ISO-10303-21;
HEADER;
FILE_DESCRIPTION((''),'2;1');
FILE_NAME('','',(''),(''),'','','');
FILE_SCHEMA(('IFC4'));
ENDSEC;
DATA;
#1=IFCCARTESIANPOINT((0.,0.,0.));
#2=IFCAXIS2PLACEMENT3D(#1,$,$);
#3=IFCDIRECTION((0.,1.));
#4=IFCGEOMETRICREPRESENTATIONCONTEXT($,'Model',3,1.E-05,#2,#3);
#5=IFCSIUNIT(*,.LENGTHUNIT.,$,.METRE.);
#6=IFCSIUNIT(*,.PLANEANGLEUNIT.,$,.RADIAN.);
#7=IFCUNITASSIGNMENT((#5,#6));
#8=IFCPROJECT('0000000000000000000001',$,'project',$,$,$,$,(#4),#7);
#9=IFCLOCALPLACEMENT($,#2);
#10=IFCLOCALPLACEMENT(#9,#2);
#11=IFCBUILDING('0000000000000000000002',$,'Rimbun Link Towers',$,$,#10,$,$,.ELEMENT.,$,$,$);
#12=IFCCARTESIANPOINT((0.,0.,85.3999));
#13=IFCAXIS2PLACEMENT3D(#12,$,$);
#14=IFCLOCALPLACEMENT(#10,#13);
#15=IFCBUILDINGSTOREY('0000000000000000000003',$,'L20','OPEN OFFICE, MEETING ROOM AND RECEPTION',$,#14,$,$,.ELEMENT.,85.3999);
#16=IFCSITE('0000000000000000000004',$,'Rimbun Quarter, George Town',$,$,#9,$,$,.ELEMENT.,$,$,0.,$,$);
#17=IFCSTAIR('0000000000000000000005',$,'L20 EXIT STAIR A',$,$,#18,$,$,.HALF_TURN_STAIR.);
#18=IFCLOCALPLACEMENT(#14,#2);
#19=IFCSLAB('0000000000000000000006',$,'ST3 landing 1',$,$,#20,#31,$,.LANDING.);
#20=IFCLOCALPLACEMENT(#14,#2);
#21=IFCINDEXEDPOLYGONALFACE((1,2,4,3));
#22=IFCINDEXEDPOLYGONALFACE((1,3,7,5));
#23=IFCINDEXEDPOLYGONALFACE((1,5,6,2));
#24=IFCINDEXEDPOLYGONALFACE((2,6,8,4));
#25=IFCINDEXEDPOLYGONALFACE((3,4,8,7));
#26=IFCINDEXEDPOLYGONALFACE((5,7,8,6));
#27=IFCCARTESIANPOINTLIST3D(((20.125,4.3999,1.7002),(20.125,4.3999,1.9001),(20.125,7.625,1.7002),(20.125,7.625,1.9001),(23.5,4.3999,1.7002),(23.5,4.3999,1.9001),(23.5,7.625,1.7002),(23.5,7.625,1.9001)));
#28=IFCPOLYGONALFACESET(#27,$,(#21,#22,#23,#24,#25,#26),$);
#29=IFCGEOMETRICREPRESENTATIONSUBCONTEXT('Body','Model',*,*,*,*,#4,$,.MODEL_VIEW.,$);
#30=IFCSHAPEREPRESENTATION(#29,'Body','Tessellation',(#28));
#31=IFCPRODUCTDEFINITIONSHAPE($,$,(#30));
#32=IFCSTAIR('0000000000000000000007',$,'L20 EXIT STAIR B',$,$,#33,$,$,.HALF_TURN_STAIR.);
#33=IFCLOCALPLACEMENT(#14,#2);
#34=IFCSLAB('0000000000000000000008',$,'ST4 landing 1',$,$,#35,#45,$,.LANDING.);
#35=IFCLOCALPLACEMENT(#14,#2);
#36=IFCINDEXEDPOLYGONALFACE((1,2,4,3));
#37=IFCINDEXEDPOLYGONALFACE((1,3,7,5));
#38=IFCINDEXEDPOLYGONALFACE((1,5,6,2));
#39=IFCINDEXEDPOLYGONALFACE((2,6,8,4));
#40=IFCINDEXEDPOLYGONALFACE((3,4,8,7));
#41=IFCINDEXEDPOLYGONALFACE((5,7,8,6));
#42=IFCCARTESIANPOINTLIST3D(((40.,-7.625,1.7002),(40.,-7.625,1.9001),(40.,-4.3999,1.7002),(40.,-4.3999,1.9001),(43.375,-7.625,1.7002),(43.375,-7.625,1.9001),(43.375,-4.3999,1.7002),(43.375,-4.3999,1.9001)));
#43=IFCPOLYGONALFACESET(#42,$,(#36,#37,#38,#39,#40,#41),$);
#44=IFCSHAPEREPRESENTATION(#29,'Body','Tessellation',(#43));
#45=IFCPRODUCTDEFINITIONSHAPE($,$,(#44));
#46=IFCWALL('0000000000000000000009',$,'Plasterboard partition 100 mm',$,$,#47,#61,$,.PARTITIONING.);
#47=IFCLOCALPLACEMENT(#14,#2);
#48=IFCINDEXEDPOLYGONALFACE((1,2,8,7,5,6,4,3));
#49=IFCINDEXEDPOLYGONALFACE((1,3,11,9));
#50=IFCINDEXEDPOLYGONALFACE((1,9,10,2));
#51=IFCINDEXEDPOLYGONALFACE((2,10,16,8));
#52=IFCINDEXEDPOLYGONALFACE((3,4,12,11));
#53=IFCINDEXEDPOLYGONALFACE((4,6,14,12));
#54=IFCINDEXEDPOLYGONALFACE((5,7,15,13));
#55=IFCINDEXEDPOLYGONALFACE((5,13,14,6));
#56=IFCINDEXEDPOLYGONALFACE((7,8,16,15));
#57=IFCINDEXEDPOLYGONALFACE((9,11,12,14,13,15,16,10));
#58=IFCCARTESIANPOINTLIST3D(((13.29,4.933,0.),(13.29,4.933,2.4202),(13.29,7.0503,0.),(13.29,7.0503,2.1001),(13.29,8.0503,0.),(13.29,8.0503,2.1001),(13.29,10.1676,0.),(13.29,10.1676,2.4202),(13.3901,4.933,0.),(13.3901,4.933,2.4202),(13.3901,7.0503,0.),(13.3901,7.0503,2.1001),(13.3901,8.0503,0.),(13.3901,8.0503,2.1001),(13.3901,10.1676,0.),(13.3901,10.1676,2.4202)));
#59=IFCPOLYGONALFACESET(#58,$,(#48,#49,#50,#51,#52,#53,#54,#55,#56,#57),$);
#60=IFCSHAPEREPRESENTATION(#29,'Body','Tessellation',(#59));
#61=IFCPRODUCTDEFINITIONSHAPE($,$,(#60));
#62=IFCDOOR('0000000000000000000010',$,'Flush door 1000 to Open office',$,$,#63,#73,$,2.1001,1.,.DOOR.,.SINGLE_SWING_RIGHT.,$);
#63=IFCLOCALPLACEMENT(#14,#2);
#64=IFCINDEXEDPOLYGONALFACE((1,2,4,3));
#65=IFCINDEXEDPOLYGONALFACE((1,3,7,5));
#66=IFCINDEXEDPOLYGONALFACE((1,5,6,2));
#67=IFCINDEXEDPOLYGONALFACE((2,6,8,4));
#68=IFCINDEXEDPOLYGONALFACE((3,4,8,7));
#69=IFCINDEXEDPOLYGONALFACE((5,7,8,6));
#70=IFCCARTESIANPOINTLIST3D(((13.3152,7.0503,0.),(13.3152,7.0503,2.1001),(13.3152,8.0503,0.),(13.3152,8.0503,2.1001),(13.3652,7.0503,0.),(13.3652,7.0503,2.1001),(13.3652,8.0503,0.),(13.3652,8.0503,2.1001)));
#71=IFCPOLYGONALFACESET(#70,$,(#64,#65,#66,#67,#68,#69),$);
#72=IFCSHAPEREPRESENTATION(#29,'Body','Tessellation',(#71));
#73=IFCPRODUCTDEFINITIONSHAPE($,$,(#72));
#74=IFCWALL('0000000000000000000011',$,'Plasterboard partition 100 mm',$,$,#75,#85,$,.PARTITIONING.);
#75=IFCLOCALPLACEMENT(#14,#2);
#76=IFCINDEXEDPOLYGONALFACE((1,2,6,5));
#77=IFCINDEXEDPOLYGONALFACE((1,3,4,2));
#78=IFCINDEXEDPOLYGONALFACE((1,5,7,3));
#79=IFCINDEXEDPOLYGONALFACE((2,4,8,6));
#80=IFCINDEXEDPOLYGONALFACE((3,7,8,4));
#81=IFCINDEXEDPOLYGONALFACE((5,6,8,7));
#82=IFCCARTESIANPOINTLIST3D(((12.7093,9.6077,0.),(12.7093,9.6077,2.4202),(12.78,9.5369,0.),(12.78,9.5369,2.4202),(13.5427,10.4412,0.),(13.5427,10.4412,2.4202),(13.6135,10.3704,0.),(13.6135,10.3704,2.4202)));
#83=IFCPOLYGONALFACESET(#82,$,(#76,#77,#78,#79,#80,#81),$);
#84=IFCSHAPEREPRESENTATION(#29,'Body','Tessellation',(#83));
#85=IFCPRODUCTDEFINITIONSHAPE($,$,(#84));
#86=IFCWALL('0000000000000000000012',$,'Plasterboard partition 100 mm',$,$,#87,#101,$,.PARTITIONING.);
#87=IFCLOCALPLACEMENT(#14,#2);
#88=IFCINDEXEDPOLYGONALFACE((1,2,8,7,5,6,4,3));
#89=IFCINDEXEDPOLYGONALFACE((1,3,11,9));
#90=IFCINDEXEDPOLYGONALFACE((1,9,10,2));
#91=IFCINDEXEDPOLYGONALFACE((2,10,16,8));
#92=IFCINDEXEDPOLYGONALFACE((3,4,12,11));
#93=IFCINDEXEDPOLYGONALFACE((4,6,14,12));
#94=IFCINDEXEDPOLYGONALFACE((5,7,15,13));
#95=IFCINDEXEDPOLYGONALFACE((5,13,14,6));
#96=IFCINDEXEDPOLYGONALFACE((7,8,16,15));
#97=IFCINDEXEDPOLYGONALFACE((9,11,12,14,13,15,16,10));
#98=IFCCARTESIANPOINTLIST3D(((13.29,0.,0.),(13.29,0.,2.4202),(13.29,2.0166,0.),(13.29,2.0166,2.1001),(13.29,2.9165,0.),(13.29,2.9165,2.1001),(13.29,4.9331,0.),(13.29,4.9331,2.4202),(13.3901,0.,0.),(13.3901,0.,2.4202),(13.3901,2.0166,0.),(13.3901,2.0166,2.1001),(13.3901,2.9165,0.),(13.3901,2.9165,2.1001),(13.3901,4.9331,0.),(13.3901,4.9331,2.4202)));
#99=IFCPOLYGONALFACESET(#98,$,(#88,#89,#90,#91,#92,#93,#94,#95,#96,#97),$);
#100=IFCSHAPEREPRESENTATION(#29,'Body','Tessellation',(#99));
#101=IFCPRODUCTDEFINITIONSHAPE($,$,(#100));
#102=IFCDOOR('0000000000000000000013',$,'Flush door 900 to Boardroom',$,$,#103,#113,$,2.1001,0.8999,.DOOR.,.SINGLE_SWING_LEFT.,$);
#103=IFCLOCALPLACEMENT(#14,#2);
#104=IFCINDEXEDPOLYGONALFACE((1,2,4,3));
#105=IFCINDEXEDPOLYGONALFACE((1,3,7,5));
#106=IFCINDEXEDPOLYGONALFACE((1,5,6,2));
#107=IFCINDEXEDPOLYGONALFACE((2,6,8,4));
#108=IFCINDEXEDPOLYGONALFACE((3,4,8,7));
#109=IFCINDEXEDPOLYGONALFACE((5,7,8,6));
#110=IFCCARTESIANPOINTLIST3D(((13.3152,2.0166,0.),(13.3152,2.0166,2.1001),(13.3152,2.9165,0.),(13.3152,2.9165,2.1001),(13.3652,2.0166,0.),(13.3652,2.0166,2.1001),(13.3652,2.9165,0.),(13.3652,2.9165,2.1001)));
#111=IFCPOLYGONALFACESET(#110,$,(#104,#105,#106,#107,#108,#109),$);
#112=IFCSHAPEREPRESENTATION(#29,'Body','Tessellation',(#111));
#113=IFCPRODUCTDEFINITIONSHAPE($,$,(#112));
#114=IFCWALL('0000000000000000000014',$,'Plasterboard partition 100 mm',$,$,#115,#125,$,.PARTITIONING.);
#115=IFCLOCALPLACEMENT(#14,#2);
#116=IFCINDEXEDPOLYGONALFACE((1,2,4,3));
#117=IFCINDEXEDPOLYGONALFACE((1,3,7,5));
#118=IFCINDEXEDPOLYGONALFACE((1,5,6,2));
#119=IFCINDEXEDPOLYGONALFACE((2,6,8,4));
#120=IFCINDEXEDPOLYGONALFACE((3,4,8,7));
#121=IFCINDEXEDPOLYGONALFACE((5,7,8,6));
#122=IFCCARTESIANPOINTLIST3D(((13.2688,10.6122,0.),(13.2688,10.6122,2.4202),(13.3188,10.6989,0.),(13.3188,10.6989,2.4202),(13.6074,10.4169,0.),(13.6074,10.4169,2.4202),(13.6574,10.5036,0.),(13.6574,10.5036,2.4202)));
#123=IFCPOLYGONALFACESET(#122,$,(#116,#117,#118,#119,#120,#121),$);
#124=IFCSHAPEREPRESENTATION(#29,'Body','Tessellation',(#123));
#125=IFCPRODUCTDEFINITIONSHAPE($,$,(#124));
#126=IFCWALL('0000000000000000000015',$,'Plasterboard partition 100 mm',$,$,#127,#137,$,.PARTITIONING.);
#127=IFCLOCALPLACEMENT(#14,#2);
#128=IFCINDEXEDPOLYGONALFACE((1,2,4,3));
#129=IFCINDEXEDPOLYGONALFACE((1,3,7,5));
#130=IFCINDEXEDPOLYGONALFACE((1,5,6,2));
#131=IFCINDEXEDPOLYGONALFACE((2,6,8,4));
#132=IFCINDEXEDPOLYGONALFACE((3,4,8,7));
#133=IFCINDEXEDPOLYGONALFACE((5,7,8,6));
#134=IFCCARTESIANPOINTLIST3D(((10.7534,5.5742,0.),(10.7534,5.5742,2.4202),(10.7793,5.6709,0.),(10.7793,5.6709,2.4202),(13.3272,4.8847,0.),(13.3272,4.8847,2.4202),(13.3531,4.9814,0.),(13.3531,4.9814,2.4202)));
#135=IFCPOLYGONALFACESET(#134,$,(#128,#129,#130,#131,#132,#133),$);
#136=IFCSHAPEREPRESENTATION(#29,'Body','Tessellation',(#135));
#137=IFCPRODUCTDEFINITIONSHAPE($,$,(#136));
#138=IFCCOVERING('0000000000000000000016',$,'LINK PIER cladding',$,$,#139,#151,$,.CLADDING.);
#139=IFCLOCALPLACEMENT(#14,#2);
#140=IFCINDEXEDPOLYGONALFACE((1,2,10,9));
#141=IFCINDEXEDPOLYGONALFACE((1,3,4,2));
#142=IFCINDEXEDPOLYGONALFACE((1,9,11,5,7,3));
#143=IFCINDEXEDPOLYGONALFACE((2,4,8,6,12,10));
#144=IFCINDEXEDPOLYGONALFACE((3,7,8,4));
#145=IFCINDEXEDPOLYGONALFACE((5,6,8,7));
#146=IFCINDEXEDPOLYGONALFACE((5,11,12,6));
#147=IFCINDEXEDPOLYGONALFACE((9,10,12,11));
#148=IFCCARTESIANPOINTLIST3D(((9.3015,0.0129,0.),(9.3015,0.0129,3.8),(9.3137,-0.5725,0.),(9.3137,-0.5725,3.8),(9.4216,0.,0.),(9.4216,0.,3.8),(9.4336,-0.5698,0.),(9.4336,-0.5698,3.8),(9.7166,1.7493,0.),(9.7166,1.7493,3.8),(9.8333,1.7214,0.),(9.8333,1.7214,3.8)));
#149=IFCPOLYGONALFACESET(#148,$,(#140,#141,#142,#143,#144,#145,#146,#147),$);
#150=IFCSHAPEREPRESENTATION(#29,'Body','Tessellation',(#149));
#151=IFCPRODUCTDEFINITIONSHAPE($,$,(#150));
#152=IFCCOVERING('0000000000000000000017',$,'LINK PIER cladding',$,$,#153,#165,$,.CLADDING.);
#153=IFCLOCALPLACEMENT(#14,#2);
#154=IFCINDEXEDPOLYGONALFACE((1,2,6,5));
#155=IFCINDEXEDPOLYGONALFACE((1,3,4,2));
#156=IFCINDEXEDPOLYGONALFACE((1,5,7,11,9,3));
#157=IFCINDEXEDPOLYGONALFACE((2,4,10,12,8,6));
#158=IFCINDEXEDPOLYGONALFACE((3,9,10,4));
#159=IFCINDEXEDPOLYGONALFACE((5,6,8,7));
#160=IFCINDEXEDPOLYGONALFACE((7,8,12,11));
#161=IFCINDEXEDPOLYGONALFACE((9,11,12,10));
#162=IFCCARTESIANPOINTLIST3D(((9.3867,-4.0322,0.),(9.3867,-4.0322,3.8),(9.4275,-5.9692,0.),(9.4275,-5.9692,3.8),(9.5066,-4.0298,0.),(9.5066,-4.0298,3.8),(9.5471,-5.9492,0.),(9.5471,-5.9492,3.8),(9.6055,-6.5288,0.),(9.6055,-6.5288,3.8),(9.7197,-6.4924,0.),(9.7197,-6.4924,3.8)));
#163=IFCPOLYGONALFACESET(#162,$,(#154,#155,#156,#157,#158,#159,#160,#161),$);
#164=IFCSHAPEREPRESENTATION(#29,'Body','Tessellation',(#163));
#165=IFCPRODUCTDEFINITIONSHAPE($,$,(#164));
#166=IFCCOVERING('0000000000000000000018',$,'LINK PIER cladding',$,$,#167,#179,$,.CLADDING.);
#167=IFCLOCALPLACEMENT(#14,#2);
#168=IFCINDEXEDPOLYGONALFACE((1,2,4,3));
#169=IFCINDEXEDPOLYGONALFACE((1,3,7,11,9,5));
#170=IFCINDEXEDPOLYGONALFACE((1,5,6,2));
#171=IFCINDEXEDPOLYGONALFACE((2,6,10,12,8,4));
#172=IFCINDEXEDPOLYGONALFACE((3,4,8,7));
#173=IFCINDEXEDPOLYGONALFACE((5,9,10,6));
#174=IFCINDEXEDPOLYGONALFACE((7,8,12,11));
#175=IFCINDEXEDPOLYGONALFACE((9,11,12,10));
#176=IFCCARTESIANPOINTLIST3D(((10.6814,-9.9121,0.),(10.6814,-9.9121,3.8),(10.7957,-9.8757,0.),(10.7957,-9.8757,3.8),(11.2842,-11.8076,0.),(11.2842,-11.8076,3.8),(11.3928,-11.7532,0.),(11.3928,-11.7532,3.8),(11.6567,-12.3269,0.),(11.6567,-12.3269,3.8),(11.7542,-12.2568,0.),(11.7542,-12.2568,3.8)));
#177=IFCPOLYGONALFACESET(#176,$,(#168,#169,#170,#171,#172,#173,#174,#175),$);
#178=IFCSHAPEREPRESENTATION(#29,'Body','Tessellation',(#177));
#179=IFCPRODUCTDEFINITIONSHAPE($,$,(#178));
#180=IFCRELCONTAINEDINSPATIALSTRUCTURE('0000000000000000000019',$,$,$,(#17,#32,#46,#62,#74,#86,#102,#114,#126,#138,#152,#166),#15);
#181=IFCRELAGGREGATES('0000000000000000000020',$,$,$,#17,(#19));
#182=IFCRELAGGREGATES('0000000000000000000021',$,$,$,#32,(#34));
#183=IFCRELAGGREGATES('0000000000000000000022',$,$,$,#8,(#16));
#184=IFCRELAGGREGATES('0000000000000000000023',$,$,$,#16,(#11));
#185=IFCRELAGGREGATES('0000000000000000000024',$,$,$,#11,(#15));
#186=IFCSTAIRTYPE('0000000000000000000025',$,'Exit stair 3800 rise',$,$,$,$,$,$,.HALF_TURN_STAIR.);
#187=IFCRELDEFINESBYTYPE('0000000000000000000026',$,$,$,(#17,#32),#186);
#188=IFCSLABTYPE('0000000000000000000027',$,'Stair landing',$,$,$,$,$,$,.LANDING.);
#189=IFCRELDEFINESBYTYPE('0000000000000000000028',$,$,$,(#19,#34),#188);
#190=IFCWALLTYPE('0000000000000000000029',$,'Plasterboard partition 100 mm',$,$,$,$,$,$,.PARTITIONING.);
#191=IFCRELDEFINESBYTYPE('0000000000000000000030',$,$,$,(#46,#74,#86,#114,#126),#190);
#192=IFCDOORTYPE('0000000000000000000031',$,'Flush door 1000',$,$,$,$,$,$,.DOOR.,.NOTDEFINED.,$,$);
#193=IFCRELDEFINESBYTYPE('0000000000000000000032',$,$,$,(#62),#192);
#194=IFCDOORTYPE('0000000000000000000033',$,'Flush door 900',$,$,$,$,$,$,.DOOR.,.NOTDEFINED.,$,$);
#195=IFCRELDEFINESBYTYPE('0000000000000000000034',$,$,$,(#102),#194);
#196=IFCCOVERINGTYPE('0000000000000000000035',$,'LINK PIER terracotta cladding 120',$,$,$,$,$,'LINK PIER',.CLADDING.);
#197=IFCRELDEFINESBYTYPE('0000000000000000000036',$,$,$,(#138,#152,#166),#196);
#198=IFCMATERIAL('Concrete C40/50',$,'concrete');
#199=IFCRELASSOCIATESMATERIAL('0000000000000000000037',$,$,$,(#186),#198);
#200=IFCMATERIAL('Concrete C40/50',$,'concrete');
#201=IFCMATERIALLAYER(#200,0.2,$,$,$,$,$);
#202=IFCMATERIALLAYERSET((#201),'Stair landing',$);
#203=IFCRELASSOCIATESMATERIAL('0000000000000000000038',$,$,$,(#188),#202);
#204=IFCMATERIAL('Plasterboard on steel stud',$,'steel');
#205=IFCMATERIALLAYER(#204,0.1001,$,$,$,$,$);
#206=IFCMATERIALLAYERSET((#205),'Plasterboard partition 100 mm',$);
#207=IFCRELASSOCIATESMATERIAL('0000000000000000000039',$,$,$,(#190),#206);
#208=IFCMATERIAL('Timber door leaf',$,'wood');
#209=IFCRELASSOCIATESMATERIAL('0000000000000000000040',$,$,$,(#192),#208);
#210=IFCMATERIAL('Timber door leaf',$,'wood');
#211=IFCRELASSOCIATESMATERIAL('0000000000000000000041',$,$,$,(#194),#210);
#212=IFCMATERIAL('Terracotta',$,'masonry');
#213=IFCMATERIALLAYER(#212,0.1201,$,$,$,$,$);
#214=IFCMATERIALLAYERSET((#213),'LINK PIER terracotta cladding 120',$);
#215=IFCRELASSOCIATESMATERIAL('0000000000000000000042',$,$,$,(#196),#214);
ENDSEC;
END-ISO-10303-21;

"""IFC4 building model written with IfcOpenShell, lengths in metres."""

from ifc_helpers import new_model, si_unit, direction, frame, frame_2d, origin, place, context, subcontext, project, spatial, polyline, rectangle, outline, extrude, material, layer, layer_set, type_object, element, fill, aggregate, save


model = new_model("IFC4")

# Units and contexts
model_context = context("Model", 3, precision=1e-05, world=origin(), true_north=direction((0.0, 1.0)))
body_context = subcontext(model_context, "Body", "Model", "MODEL_VIEW")
ifc_project = project(units=[si_unit("LENGTHUNIT", "METRE"), si_unit("PLANEANGLEUNIT", "RADIAN")], contexts=[model_context])

# Site, building, storey
site_placement = place(None, origin())
site = spatial("IfcSite", under=ifc_project, at=site_placement, Name="Rimbun Quarter, George Town", CompositionType="ELEMENT", RefElevation=0.0)
building_placement = place(site_placement, origin())
building = spatial("IfcBuilding", under=site, at=building_placement, Name="Rimbun Link Towers", CompositionType="ELEMENT")
storey_placement = place(building_placement, frame((0.0, 0.0, 85.3999)))
storey = spatial("IfcBuildingStorey", under=building, at=storey_placement, Name="L20", Description="OPEN OFFICE, MEETING ROOM AND RECEPTION", CompositionType="ELEMENT", Elevation=85.3999)

# Stairs, slabs
ifc_material_1 = material(Name="Concrete C40/50", Category="concrete")
stair_type = type_object("IfcStairType", Name="Exit stair 3800 rise", PredefinedType="HALF_TURN_STAIR", material=ifc_material_1)
ifc_material_2 = material(Name="Concrete C40/50", Category="concrete")
ifc_layer_1 = layer(ifc_material_2, 0.2)
ifc_layer_set_1 = layer_set([ifc_layer_1], Name="Stair landing")
slab_type = type_object("IfcSlabType", Name="Stair landing", PredefinedType="LANDING", material=ifc_layer_set_1)
stair_1_placement = place(storey_placement, origin())
stair_1 = element("IfcStair", 1, at=stair_1_placement, inside=storey, type_object=stair_type, Name="L20 EXIT STAIR A", PredefinedType="HALF_TURN_STAIR")
slab_1_placement = place(storey_placement, frame((0.0, 0.0, 1.7002)))
slab_1 = element("IfcSlab", 2, at=slab_1_placement, type_object=slab_type, Name="ST3 landing 1", PredefinedType="LANDING", context=body_context, shape_type="SweptSolid", body=[
    extrude(outline(polyline([(23.5, 7.625), (20.125, 7.625), (20.125, 4.3999), (23.5, 4.3999), (23.5, 7.625)])), origin(), (0.0, 0.0, 1.0), 0.2),
])
aggregate(stair_1, [slab_1])
stair_2_placement = place(storey_placement, origin())
stair_2 = element("IfcStair", 3, at=stair_2_placement, inside=storey, type_object=stair_type, Name="L20 EXIT STAIR B", PredefinedType="HALF_TURN_STAIR")
slab_2_placement = place(storey_placement, frame((0.0, 0.0, 1.7002)))
slab_2 = element("IfcSlab", 4, at=slab_2_placement, type_object=slab_type, Name="ST4 landing 1", PredefinedType="LANDING", context=body_context, shape_type="SweptSolid", body=[
    extrude(outline(polyline([(40.0, -7.625), (43.375, -7.625), (43.375, -4.3999), (40.0, -4.3999), (40.0, -7.625)])), origin(), (0.0, 0.0, 1.0), 0.2),
])
aggregate(stair_2, [slab_2])

# Wall, opening, door
ifc_material_3 = material(Name="Plasterboard on steel stud", Category="steel")
ifc_layer_2 = layer(ifc_material_3, 0.1001)
ifc_layer_set_2 = layer_set([ifc_layer_2], Name="Plasterboard partition 100 mm")
wall_type = type_object("IfcWallType", Name="Plasterboard partition 100 mm", PredefinedType="PARTITIONING", material=ifc_layer_set_2)
wall_1_placement = place(storey_placement, frame((13.3401, 4.9331, 0.0), z_axis=(0.0, 0.0, 1.0), x_axis=(0.0, 1.0, 0.0)))
wall_1 = element("IfcWall", 5, at=wall_1_placement, inside=storey, type_object=wall_type, Name="Plasterboard partition 100 mm", PredefinedType="PARTITIONING", context=body_context, shape_type="SweptSolid", body=[
    extrude(rectangle(XDim=5.2346, YDim=0.1001, at=frame_2d((2.6172, 0.0))), origin(), (0.0, 0.0, 1.0), 2.4202),
])
opening_1_placement = place(wall_1_placement, frame((2.1172, 0.0, 0.0)))
opening_1 = element("IfcOpeningElement", 6, at=opening_1_placement, cuts=wall_1, PredefinedType="OPENING", context=body_context, shape_type="SweptSolid", body=[
    extrude(rectangle(XDim=1.0, YDim=2.1001, at=frame_2d((0.5, 1.05))), frame((0.0, 0.0601, 0.0), z_axis=(0.0, -1.0, 0.0), x_axis=(1.0, 0.0, 0.0)), (0.0, 0.0, 1.0), 0.1201),
])
ifc_material_4 = material(Name="Timber door leaf", Category="wood")
door_type_1 = type_object("IfcDoorType", Name="Flush door 1000", OperationType="NOTDEFINED", PredefinedType="DOOR", material=ifc_material_4)
door_1_placement = place(opening_1_placement, origin())
door_1 = element("IfcDoor", 7, at=door_1_placement, inside=storey, type_object=door_type_1, Name="Flush door 1000 to Open office", OperationType="SINGLE_SWING_RIGHT", OverallHeight=2.1001, OverallWidth=1.0, PredefinedType="DOOR", context=body_context, shape_type="SweptSolid", body=[
    extrude(rectangle(XDim=1.0, YDim=2.1001, at=frame_2d((0.5, 1.05))), frame((0.0, 0.0249, 0.0), z_axis=(0.0, -1.0, 0.0), x_axis=(1.0, 0.0, 0.0)), (0.0, 0.0, 1.0), 0.05),
])
fill(opening_1, door_1)

# Wall
wall_2_placement = place(storey_placement, frame((13.5781, 10.4058, 0.0), z_axis=(0.0, 0.0, 1.0), x_axis=(-0.707107, -0.707107, 0.0)))
element("IfcWall", 8, at=wall_2_placement, inside=storey, type_object=wall_type, Name="Plasterboard partition 100 mm", PredefinedType="PARTITIONING", context=body_context, shape_type="SweptSolid", body=[
    extrude(rectangle(XDim=1.1787, YDim=0.1001, at=frame_2d((0.5894, 0.0))), origin(), (0.0, 0.0, 1.0), 2.4202),
])

# Wall, opening, door
wall_3_placement = place(storey_placement, frame((13.3401, 0.0, 0.0), z_axis=(0.0, 0.0, 1.0), x_axis=(0.0, 1.0, 0.0)))
wall_3 = element("IfcWall", 9, at=wall_3_placement, inside=storey, type_object=wall_type, Name="Plasterboard partition 100 mm", PredefinedType="PARTITIONING", context=body_context, shape_type="SweptSolid", body=[
    extrude(rectangle(XDim=4.9331, YDim=0.1001, at=frame_2d((2.4666, 0.0))), origin(), (0.0, 0.0, 1.0), 2.4202),
])
opening_2_placement = place(wall_3_placement, frame((2.0166, 0.0, 0.0)))
opening_2 = element("IfcOpeningElement", 10, at=opening_2_placement, cuts=wall_3, PredefinedType="OPENING", context=body_context, shape_type="SweptSolid", body=[
    extrude(rectangle(XDim=0.8999, YDim=2.1001, at=frame_2d((0.45, 1.05))), frame((0.0, 0.0601, 0.0), z_axis=(0.0, -1.0, 0.0), x_axis=(1.0, 0.0, 0.0)), (0.0, 0.0, 1.0), 0.1201),
])
ifc_material_5 = material(Name="Timber door leaf", Category="wood")
door_type_2 = type_object("IfcDoorType", Name="Flush door 900", OperationType="NOTDEFINED", PredefinedType="DOOR", material=ifc_material_5)
door_2_placement = place(opening_2_placement, origin())
door_2 = element("IfcDoor", 11, at=door_2_placement, inside=storey, type_object=door_type_2, Name="Flush door 900 to Boardroom", OperationType="SINGLE_SWING_LEFT", OverallHeight=2.1001, OverallWidth=0.8999, PredefinedType="DOOR", context=body_context, shape_type="SweptSolid", body=[
    extrude(rectangle(XDim=0.8999, YDim=2.1001, at=frame_2d((0.45, 1.05))), frame((0.0, 0.0249, 0.0), z_axis=(0.0, -1.0, 0.0), x_axis=(1.0, 0.0, 0.0)), (0.0, 0.0, 1.0), 0.05),
])
fill(opening_2, door_2)

# Walls
wall_4_placement = place(storey_placement, frame((13.2939, 10.6555, 0.0), z_axis=(0.0, 0.0, 1.0), x_axis=(0.866238, -0.499632, 0.0)))
element("IfcWall", 12, at=wall_4_placement, inside=storey, type_object=wall_type, Name="Plasterboard partition 100 mm", PredefinedType="PARTITIONING", context=body_context, shape_type="SweptSolid", body=[
    extrude(rectangle(XDim=0.3909, YDim=0.1001, at=frame_2d((0.1953, 0.0))), origin(), (0.0, 0.0, 1.0), 2.4202),
])
wall_5_placement = place(storey_placement, frame((10.7664, 5.6226, 0.0), z_axis=(0.0, 0.0, 1.0), x_axis=(0.965942, -0.258757, 0.0)))
element("IfcWall", 13, at=wall_5_placement, inside=storey, type_object=wall_type, Name="Plasterboard partition 100 mm", PredefinedType="PARTITIONING", context=body_context, shape_type="SweptSolid", body=[
    extrude(rectangle(XDim=2.6646, YDim=0.1001, at=frame_2d((1.3323, 0.0))), origin(), (0.0, 0.0, 1.0), 2.4202),
])

# Coverings
ifc_material_6 = material(Name="Terracotta", Category="masonry")
ifc_layer_3 = layer(ifc_material_6, 0.1201)
ifc_layer_set_3 = layer_set([ifc_layer_3], Name="LINK PIER terracotta cladding 120")
covering_type_1 = type_object("IfcCoveringType", Name="LINK PIER terracotta cladding 120", ElementType="LINK PIER", PredefinedType="CLADDING", material=ifc_layer_set_3)
covering_1_placement = place(storey_placement, origin())
element("IfcCovering", 14, at=covering_1_placement, inside=storey, type_object=covering_type_1, Name="LINK PIER cladding", PredefinedType="CLADDING", context=body_context, shape_type="SweptSolid", body=[
    extrude(outline(polyline([(9.4336, -0.5698), (9.4216, 0.0), (9.8333, 1.7214), (9.7166, 1.7493), (9.3015, 0.0129), (9.3137, -0.5725), (9.4336, -0.5698)])), origin(), (0.0, 0.0, 1.0), 3.8),
])
covering_2_placement = place(storey_placement, origin())
element("IfcCovering", 15, at=covering_2_placement, inside=storey, type_object=covering_type_1, Name="LINK PIER cladding", PredefinedType="CLADDING", context=body_context, shape_type="SweptSolid", body=[
    extrude(outline(polyline([(9.7197, -6.4924), (9.5471, -5.9492), (9.5066, -4.0298), (9.3867, -4.0322), (9.4275, -5.9692), (9.6055, -6.5288), (9.7197, -6.4924)])), origin(), (0.0, 0.0, 1.0), 3.8),
])
covering_3_placement = place(storey_placement, origin())
element("IfcCovering", 16, at=covering_3_placement, inside=storey, type_object=covering_type_1, Name="LINK PIER cladding", PredefinedType="CLADDING", context=body_context, shape_type="SweptSolid", body=[
    extrude(outline(polyline([(11.7542, -12.2568), (11.3928, -11.7532), (10.7957, -9.8757), (10.6814, -9.9121), (11.2842, -11.8076), (11.6567, -12.3269), (11.7542, -12.2568)])), origin(), (0.0, 0.0, 1.0), 3.8),
])

save(model, "model.ifc")
